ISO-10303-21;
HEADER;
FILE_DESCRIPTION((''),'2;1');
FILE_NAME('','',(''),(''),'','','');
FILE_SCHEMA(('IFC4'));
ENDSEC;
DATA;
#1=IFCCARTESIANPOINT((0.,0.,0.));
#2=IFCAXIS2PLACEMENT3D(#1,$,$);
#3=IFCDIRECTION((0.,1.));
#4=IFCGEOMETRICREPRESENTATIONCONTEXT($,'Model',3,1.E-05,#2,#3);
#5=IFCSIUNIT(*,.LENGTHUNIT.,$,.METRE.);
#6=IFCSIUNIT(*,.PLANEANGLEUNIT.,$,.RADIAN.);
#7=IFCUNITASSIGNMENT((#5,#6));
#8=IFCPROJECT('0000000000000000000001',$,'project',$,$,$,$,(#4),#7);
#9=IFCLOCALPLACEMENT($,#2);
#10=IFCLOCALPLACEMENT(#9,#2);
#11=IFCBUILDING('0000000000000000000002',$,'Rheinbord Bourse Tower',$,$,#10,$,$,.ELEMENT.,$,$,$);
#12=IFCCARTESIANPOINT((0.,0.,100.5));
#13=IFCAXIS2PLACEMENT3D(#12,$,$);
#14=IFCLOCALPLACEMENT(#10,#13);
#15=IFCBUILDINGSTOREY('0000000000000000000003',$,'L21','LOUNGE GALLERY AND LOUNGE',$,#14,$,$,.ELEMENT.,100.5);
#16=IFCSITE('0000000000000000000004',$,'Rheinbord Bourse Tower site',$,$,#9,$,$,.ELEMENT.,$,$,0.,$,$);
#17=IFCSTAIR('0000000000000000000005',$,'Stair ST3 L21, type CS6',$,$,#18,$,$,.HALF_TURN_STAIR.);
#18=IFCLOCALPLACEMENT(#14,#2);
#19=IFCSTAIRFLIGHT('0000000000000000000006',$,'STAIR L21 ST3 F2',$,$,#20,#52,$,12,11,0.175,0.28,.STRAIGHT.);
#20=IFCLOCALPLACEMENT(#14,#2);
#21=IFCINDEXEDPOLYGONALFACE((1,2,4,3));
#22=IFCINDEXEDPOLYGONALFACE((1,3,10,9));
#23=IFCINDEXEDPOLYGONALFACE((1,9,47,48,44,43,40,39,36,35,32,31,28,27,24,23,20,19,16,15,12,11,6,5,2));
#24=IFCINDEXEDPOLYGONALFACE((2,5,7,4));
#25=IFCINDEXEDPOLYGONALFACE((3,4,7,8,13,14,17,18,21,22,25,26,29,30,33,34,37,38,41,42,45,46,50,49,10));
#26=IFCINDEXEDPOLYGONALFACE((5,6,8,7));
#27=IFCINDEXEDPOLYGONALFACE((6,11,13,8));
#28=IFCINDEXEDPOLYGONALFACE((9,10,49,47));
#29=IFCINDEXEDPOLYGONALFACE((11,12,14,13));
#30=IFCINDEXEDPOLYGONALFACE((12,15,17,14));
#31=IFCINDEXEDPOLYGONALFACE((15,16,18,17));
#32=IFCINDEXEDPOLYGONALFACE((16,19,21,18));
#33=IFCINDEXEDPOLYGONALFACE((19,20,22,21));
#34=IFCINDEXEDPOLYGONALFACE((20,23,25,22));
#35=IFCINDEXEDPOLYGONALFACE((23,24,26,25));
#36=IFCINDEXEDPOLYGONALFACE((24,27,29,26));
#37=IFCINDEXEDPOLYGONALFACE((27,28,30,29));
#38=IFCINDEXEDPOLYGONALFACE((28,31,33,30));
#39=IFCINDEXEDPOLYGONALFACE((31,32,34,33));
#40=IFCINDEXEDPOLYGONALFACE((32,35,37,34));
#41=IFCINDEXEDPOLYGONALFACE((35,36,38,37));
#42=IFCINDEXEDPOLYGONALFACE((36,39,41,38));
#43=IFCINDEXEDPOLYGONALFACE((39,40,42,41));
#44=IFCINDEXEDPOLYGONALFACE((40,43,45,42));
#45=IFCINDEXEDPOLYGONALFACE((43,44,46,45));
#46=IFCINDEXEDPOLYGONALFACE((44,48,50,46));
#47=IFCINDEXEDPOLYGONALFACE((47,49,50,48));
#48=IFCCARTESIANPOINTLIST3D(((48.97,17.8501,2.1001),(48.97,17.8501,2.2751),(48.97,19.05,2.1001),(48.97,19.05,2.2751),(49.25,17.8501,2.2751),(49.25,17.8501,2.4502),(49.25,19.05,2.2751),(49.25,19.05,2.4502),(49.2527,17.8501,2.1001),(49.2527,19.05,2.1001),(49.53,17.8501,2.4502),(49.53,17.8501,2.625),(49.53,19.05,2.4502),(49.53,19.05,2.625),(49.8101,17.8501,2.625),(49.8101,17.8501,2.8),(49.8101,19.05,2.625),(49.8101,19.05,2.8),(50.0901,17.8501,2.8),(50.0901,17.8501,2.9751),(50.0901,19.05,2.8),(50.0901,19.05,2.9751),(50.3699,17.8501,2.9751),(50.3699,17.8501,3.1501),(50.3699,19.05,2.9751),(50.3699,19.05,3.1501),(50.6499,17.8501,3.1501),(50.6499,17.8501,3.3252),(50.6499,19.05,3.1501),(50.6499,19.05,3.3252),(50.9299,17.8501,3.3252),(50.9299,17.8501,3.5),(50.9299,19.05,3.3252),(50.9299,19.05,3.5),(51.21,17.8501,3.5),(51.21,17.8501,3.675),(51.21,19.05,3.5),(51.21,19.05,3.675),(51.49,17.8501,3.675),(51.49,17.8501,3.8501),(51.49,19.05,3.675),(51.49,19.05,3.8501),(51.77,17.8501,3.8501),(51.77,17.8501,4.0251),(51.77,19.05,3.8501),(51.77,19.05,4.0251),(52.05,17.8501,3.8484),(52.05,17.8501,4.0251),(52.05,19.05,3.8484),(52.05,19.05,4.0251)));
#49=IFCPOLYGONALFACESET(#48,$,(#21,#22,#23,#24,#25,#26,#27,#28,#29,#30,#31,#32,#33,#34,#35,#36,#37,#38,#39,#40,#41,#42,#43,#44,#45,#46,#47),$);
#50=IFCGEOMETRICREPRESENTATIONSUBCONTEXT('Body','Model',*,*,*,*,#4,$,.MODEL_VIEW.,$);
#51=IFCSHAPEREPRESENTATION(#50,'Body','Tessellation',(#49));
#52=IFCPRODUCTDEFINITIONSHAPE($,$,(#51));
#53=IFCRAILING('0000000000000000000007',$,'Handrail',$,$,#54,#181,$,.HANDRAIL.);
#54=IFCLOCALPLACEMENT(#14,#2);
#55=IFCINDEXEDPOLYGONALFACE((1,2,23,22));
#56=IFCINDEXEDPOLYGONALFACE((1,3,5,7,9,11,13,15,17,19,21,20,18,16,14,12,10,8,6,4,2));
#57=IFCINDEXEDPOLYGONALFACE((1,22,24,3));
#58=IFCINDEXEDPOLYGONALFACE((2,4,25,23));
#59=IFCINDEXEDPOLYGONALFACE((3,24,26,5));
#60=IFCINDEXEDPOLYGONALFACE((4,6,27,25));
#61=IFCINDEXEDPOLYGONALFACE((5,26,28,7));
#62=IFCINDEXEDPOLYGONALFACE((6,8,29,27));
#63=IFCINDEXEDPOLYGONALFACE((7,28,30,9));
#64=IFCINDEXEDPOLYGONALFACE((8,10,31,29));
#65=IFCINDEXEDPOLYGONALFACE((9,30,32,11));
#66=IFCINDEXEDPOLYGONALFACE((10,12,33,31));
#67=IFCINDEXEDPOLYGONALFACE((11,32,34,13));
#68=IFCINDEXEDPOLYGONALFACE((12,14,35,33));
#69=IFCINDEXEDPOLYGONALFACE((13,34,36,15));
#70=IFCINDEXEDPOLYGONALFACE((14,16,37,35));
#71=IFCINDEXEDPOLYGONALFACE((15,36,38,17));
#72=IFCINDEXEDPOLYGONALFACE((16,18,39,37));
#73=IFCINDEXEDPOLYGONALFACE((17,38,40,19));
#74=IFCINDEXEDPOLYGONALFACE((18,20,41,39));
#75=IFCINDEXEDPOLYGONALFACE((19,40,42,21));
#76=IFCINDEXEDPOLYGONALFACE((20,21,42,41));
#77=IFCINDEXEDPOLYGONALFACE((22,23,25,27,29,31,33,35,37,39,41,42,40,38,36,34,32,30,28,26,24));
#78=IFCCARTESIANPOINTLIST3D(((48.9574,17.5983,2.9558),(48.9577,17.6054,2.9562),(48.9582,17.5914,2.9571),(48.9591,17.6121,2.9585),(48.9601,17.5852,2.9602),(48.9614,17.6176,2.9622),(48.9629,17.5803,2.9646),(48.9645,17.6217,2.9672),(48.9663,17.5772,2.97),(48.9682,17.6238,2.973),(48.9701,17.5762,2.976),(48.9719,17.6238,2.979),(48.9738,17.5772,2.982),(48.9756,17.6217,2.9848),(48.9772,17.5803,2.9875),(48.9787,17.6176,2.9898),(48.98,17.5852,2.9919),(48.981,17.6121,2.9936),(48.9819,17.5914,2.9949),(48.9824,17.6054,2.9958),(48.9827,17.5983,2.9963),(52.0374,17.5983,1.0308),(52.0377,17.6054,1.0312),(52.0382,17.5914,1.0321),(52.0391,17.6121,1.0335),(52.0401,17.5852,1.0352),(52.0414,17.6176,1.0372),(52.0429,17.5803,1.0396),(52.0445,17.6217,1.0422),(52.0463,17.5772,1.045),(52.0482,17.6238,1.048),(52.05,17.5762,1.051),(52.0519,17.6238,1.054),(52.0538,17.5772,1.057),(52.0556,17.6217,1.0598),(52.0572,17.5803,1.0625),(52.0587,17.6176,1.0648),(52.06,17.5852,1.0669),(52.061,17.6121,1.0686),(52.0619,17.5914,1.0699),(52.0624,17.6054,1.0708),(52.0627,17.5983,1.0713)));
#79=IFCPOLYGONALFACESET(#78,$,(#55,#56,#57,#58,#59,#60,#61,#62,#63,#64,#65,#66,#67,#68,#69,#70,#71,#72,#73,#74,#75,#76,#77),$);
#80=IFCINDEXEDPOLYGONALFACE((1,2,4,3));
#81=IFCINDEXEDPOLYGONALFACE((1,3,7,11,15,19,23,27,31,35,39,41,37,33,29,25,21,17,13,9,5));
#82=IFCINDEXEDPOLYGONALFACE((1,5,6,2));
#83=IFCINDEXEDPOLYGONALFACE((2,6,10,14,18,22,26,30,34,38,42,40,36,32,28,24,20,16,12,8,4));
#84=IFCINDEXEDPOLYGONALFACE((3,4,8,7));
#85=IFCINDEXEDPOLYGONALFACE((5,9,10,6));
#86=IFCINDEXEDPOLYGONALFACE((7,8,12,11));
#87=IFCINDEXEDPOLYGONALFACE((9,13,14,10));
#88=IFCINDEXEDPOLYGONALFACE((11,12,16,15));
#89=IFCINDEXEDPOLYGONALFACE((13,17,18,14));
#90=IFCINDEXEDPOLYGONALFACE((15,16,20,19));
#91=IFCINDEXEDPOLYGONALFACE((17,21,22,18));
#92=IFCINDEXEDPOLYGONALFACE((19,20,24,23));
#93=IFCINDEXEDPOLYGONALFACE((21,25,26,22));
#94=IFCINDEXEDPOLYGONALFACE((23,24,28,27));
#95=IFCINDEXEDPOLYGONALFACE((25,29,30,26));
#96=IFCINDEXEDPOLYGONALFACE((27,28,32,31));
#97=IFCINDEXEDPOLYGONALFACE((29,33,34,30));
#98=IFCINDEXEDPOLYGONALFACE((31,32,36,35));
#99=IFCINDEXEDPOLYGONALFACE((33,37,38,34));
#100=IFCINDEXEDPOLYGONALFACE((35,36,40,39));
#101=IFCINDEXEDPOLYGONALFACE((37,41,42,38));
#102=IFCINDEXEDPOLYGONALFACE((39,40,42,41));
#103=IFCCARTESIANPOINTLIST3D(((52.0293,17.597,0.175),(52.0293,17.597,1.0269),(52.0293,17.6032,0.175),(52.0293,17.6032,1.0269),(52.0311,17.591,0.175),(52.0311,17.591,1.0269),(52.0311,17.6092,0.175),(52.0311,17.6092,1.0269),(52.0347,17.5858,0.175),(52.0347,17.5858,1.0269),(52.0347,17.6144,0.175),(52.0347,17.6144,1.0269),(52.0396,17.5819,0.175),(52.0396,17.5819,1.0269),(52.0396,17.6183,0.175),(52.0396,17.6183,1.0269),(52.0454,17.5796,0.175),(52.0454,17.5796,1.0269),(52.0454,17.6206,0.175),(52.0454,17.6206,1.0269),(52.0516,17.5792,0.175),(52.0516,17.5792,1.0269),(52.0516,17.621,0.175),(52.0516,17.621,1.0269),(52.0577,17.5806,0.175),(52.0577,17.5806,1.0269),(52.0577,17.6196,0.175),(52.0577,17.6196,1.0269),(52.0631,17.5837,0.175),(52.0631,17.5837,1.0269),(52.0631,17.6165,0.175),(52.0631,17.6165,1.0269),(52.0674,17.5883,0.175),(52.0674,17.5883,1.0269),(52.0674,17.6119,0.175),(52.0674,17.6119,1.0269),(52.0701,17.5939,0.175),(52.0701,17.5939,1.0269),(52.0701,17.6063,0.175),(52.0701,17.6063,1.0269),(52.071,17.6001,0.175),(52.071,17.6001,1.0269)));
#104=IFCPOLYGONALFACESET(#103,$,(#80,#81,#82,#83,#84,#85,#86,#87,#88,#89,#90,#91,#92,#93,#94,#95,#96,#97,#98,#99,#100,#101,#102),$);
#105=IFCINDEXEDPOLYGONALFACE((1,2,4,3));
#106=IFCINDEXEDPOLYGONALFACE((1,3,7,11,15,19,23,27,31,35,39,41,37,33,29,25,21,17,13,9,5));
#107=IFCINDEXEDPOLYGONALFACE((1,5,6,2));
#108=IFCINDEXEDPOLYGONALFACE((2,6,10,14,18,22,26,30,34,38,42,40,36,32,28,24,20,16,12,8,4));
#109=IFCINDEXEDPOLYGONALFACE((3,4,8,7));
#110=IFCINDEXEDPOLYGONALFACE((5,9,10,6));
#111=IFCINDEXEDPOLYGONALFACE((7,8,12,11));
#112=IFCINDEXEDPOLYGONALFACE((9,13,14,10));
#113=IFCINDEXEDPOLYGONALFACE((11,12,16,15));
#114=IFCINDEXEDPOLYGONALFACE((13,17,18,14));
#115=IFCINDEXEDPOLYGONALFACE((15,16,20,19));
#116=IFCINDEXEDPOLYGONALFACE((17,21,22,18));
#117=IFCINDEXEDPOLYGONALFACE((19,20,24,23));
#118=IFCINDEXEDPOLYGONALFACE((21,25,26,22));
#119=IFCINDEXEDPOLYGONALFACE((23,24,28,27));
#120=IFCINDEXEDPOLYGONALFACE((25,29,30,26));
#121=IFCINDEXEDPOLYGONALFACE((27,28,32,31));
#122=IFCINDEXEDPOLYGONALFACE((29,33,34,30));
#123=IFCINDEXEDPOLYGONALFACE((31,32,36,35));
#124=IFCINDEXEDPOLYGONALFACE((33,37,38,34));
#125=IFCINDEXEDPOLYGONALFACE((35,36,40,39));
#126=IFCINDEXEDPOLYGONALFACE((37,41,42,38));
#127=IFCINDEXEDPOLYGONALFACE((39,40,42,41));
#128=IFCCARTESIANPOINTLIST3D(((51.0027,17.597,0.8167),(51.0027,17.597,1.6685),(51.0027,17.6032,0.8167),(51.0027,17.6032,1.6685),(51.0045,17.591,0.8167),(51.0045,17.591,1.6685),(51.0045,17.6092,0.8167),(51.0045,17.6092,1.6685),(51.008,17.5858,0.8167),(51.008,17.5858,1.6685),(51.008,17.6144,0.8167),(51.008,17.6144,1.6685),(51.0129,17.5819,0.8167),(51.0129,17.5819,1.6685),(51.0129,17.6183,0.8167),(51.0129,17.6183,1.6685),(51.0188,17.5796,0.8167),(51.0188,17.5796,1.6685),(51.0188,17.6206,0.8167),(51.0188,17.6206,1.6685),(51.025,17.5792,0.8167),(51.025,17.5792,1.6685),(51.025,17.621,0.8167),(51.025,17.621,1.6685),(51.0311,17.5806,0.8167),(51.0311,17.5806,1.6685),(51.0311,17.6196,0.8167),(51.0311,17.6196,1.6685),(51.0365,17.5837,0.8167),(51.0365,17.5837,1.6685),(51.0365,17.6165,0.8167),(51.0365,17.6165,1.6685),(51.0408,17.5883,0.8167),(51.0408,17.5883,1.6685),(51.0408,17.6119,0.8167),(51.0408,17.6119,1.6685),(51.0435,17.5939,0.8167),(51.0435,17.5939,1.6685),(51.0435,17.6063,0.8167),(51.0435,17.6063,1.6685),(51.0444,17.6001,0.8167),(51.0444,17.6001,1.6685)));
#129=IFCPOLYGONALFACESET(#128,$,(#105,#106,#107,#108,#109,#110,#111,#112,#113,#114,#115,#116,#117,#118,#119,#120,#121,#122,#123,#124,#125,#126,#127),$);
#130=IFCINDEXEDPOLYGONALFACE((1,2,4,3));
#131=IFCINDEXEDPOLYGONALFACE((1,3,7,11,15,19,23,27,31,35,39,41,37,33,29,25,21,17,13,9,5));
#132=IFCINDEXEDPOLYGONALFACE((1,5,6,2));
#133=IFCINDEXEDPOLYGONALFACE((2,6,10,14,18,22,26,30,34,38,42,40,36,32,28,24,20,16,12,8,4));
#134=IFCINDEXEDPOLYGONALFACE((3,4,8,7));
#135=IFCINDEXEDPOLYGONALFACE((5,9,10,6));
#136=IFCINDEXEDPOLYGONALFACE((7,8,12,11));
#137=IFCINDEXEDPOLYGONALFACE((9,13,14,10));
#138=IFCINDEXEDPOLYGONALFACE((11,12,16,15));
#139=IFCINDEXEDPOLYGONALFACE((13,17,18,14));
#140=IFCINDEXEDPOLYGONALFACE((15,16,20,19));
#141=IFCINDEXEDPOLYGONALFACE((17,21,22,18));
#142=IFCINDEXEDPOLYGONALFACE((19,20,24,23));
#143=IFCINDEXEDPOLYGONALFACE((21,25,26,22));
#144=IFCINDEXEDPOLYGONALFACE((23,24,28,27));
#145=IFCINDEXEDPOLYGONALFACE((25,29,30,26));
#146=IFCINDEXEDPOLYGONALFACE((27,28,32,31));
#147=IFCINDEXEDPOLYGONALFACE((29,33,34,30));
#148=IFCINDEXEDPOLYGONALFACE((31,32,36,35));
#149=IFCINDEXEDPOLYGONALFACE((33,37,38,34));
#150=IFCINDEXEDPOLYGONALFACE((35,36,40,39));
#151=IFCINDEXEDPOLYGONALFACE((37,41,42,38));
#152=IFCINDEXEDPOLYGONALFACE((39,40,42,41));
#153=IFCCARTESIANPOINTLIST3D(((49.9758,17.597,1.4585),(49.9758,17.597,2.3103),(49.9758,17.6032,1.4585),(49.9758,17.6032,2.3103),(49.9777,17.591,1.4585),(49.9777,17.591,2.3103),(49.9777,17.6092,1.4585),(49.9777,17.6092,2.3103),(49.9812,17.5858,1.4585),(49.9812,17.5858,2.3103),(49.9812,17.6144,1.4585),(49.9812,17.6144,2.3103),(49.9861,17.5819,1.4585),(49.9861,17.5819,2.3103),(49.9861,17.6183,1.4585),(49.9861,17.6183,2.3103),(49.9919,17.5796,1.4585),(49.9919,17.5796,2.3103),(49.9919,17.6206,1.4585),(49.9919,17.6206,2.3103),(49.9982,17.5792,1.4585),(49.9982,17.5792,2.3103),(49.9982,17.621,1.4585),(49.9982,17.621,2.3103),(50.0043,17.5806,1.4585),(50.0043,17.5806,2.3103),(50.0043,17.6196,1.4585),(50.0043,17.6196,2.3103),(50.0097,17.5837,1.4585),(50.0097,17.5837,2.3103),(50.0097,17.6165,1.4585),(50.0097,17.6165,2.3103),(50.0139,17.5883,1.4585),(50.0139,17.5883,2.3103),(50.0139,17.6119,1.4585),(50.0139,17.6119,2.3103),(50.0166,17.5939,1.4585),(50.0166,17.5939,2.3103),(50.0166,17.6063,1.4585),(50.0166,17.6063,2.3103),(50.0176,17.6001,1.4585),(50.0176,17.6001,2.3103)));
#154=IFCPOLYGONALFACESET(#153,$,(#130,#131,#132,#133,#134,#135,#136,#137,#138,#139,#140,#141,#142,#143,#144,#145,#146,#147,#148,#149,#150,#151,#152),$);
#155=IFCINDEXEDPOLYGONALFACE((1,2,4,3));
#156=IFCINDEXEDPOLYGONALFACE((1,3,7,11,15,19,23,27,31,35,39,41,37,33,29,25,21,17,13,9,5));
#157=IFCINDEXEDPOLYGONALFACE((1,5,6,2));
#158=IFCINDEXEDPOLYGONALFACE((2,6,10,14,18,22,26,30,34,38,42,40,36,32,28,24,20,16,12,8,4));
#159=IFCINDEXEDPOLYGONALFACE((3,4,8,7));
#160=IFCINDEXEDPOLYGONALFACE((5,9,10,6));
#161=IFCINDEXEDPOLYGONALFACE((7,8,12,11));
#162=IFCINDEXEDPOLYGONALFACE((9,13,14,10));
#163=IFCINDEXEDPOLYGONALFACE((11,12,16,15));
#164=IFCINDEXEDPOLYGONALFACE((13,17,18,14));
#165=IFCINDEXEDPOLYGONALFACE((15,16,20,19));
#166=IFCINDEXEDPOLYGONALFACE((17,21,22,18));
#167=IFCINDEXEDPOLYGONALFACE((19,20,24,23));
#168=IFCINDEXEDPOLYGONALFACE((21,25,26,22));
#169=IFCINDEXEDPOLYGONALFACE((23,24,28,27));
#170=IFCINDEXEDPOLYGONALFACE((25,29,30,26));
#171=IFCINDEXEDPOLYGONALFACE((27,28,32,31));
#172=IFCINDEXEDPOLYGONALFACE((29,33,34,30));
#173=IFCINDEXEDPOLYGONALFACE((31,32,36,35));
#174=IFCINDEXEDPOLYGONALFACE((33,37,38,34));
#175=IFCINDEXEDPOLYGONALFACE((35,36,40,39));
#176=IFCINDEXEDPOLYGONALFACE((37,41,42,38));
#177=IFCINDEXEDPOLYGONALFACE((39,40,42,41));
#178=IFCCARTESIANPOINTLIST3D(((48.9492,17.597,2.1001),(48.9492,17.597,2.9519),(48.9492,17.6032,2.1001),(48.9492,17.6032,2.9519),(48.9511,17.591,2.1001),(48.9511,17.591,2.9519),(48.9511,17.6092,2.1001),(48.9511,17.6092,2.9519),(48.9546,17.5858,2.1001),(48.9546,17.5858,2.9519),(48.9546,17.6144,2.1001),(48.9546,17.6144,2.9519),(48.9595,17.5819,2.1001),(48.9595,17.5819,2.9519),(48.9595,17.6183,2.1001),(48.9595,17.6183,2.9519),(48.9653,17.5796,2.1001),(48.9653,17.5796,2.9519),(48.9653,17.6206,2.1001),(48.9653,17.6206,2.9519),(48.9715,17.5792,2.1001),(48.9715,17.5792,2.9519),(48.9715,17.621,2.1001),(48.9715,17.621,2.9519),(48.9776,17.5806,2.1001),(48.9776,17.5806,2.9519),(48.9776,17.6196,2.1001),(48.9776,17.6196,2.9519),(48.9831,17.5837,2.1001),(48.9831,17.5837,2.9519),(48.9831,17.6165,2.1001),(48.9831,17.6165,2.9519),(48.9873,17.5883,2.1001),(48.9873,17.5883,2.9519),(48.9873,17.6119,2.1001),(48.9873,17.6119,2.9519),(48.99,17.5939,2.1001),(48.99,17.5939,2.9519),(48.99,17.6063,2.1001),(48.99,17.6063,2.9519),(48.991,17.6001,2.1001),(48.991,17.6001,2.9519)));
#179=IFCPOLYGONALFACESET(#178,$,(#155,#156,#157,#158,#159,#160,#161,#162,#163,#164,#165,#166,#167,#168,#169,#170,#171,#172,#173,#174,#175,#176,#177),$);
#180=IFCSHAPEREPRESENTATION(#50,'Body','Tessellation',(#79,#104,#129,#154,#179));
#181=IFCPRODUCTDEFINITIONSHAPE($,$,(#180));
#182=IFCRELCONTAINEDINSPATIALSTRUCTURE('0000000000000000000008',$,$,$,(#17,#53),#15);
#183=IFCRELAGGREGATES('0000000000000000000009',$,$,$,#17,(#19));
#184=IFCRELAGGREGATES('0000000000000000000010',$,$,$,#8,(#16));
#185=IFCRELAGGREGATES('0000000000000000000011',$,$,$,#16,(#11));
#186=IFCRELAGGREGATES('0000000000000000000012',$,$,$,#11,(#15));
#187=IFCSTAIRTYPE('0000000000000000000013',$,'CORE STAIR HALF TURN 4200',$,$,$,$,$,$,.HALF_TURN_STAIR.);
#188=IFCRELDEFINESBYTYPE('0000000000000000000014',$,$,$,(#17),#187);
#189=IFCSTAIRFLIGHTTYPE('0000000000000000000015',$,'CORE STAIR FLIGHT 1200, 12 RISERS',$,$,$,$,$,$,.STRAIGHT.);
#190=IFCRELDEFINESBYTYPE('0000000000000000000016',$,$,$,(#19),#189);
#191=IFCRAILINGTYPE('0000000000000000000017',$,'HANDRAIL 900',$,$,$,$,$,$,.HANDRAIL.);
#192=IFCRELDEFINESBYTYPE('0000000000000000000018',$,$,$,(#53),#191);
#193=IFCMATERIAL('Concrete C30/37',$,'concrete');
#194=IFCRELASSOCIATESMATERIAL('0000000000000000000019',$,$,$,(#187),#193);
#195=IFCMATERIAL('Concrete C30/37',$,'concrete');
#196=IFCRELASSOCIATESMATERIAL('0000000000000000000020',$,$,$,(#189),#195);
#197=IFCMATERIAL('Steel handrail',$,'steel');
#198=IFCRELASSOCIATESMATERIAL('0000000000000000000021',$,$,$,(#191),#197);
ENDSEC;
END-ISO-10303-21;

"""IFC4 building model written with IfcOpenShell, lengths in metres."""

from ifc_helpers import new_model, si_unit, direction, frame, origin, origin_2d, place, context, subcontext, project, spatial, polyline, circle, outline, extrude, material, type_object, element, aggregate, save


model = new_model("IFC4")

# Units and contexts
model_context = context("Model", 3, precision=1e-05, world=origin(), true_north=direction((0.0, 1.0)))
body_context = subcontext(model_context, "Body", "Model", "MODEL_VIEW")
ifc_project = project(units=[si_unit("LENGTHUNIT", "METRE"), si_unit("PLANEANGLEUNIT", "RADIAN")], contexts=[model_context])

# Site, building, storey
site_placement = place(None, origin())
site = spatial("IfcSite", under=ifc_project, at=site_placement, Name="Rheinbord Bourse Tower site", CompositionType="ELEMENT", RefElevation=0.0)
building_placement = place(site_placement, origin())
building = spatial("IfcBuilding", under=site, at=building_placement, Name="Rheinbord Bourse Tower", CompositionType="ELEMENT")
storey_placement = place(building_placement, frame((0.0, 0.0, 100.5)))
storey = spatial("IfcBuildingStorey", under=building, at=storey_placement, Name="L21", Description="LOUNGE GALLERY AND LOUNGE", CompositionType="ELEMENT", Elevation=100.5)

# Stair, stair flight
ifc_material_1 = material(Name="Concrete C30/37", Category="concrete")
stair_type = type_object("IfcStairType", Name="CORE STAIR HALF TURN 4200", PredefinedType="HALF_TURN_STAIR", material=ifc_material_1)
stair_placement = place(storey_placement, origin())
stair = element("IfcStair", 1, at=stair_placement, inside=storey, type_object=stair_type, Name="Stair ST3 L21, type CS6", PredefinedType="HALF_TURN_STAIR")
ifc_material_2 = material(Name="Concrete C30/37", Category="concrete")
stair_flight_type = type_object("IfcStairFlightType", Name="CORE STAIR FLIGHT 1200, 12 RISERS", PredefinedType="STRAIGHT", material=ifc_material_2)
stair_flight_1_placement = place(storey_placement, frame((48.97, 18.45, 2.1001), z_axis=(0.0, 0.0, 1.0), x_axis=(1.0, 0.0, 0.0)))
stair_flight_1 = element("IfcStairFlight", 2, at=stair_flight_1_placement, type_object=stair_flight_type, Name="STAIR L21 ST3 F2", NumberOfRisers=12, NumberOfTreads=11, PredefinedType="STRAIGHT", RiserHeight=0.175, TreadLength=0.28, context=body_context, shape_type="SweptSolid", body=[
    extrude(outline(polyline([(0.0, 0.0), (0.0, 0.175), (0.28, 0.175), (0.28, 0.3501), (0.5601, 0.3501), (0.5601, 0.5249), (0.8401, 0.5249), (0.8401, 0.7), (1.1201, 0.7), (1.1201, 0.875), (1.3999, 0.875), (1.3999, 1.05), (1.6799, 1.05), (1.6799, 1.2251), (1.96, 1.2251), (1.96, 1.3999), (2.24, 1.3999), (2.24, 1.575), (2.52, 1.575), (2.52, 1.75), (2.8, 1.75), (2.8, 1.925), (3.0801, 1.925), (3.0801, 2.1001), (3.0801, 1.7483), (0.2827, 0.0), (0.0, 0.0)])), frame((0.0, 0.6001, 0.0), z_axis=(0.0, -1.0, 0.0), x_axis=(1.0, 0.0, 0.0)), (0.0, 0.0, 1.0), 1.2),
])
aggregate(stair, [stair_flight_1])

# Railing
ifc_material_3 = material(Name="Steel handrail", Category="steel")
railing_type = type_object("IfcRailingType", Name="HANDRAIL 900", PredefinedType="HANDRAIL", material=ifc_material_3)
railing_1_placement = place(storey_placement, frame((52.05, 17.6001, 0.175)))
element("IfcRailing", 3, at=railing_1_placement, inside=storey, type_object=railing_type, Name="Handrail", PredefinedType="HANDRAIL", context=body_context, shape_type="SweptSolid", body=[
    extrude(circle(Radius=0.0239, at=origin_2d()), frame((0.0, 0.0, 0.876), z_axis=(-0.847998, 0.0, 0.529999), x_axis=(0.0, -1.0, 0.0)), (0.0, 0.0, 1.0), 3.6321),
    extrude(circle(Radius=0.021, at=origin_2d()), origin(), (0.0, 0.0, 1.0), 0.8518),
    extrude(circle(Radius=0.021, at=origin_2d()), frame((-1.0266, 0.0, 0.6416)), (0.0, 0.0, 1.0), 0.8518),
    extrude(circle(Radius=0.021, at=origin_2d()), frame((-2.0535, 0.0, 1.2834)), (0.0, 0.0, 1.0), 0.8518),
    extrude(circle(Radius=0.021, at=origin_2d()), frame((-3.0801, 0.0, 1.925)), (0.0, 0.0, 1.0), 0.8518),
])

save(model, "model.ifc")
